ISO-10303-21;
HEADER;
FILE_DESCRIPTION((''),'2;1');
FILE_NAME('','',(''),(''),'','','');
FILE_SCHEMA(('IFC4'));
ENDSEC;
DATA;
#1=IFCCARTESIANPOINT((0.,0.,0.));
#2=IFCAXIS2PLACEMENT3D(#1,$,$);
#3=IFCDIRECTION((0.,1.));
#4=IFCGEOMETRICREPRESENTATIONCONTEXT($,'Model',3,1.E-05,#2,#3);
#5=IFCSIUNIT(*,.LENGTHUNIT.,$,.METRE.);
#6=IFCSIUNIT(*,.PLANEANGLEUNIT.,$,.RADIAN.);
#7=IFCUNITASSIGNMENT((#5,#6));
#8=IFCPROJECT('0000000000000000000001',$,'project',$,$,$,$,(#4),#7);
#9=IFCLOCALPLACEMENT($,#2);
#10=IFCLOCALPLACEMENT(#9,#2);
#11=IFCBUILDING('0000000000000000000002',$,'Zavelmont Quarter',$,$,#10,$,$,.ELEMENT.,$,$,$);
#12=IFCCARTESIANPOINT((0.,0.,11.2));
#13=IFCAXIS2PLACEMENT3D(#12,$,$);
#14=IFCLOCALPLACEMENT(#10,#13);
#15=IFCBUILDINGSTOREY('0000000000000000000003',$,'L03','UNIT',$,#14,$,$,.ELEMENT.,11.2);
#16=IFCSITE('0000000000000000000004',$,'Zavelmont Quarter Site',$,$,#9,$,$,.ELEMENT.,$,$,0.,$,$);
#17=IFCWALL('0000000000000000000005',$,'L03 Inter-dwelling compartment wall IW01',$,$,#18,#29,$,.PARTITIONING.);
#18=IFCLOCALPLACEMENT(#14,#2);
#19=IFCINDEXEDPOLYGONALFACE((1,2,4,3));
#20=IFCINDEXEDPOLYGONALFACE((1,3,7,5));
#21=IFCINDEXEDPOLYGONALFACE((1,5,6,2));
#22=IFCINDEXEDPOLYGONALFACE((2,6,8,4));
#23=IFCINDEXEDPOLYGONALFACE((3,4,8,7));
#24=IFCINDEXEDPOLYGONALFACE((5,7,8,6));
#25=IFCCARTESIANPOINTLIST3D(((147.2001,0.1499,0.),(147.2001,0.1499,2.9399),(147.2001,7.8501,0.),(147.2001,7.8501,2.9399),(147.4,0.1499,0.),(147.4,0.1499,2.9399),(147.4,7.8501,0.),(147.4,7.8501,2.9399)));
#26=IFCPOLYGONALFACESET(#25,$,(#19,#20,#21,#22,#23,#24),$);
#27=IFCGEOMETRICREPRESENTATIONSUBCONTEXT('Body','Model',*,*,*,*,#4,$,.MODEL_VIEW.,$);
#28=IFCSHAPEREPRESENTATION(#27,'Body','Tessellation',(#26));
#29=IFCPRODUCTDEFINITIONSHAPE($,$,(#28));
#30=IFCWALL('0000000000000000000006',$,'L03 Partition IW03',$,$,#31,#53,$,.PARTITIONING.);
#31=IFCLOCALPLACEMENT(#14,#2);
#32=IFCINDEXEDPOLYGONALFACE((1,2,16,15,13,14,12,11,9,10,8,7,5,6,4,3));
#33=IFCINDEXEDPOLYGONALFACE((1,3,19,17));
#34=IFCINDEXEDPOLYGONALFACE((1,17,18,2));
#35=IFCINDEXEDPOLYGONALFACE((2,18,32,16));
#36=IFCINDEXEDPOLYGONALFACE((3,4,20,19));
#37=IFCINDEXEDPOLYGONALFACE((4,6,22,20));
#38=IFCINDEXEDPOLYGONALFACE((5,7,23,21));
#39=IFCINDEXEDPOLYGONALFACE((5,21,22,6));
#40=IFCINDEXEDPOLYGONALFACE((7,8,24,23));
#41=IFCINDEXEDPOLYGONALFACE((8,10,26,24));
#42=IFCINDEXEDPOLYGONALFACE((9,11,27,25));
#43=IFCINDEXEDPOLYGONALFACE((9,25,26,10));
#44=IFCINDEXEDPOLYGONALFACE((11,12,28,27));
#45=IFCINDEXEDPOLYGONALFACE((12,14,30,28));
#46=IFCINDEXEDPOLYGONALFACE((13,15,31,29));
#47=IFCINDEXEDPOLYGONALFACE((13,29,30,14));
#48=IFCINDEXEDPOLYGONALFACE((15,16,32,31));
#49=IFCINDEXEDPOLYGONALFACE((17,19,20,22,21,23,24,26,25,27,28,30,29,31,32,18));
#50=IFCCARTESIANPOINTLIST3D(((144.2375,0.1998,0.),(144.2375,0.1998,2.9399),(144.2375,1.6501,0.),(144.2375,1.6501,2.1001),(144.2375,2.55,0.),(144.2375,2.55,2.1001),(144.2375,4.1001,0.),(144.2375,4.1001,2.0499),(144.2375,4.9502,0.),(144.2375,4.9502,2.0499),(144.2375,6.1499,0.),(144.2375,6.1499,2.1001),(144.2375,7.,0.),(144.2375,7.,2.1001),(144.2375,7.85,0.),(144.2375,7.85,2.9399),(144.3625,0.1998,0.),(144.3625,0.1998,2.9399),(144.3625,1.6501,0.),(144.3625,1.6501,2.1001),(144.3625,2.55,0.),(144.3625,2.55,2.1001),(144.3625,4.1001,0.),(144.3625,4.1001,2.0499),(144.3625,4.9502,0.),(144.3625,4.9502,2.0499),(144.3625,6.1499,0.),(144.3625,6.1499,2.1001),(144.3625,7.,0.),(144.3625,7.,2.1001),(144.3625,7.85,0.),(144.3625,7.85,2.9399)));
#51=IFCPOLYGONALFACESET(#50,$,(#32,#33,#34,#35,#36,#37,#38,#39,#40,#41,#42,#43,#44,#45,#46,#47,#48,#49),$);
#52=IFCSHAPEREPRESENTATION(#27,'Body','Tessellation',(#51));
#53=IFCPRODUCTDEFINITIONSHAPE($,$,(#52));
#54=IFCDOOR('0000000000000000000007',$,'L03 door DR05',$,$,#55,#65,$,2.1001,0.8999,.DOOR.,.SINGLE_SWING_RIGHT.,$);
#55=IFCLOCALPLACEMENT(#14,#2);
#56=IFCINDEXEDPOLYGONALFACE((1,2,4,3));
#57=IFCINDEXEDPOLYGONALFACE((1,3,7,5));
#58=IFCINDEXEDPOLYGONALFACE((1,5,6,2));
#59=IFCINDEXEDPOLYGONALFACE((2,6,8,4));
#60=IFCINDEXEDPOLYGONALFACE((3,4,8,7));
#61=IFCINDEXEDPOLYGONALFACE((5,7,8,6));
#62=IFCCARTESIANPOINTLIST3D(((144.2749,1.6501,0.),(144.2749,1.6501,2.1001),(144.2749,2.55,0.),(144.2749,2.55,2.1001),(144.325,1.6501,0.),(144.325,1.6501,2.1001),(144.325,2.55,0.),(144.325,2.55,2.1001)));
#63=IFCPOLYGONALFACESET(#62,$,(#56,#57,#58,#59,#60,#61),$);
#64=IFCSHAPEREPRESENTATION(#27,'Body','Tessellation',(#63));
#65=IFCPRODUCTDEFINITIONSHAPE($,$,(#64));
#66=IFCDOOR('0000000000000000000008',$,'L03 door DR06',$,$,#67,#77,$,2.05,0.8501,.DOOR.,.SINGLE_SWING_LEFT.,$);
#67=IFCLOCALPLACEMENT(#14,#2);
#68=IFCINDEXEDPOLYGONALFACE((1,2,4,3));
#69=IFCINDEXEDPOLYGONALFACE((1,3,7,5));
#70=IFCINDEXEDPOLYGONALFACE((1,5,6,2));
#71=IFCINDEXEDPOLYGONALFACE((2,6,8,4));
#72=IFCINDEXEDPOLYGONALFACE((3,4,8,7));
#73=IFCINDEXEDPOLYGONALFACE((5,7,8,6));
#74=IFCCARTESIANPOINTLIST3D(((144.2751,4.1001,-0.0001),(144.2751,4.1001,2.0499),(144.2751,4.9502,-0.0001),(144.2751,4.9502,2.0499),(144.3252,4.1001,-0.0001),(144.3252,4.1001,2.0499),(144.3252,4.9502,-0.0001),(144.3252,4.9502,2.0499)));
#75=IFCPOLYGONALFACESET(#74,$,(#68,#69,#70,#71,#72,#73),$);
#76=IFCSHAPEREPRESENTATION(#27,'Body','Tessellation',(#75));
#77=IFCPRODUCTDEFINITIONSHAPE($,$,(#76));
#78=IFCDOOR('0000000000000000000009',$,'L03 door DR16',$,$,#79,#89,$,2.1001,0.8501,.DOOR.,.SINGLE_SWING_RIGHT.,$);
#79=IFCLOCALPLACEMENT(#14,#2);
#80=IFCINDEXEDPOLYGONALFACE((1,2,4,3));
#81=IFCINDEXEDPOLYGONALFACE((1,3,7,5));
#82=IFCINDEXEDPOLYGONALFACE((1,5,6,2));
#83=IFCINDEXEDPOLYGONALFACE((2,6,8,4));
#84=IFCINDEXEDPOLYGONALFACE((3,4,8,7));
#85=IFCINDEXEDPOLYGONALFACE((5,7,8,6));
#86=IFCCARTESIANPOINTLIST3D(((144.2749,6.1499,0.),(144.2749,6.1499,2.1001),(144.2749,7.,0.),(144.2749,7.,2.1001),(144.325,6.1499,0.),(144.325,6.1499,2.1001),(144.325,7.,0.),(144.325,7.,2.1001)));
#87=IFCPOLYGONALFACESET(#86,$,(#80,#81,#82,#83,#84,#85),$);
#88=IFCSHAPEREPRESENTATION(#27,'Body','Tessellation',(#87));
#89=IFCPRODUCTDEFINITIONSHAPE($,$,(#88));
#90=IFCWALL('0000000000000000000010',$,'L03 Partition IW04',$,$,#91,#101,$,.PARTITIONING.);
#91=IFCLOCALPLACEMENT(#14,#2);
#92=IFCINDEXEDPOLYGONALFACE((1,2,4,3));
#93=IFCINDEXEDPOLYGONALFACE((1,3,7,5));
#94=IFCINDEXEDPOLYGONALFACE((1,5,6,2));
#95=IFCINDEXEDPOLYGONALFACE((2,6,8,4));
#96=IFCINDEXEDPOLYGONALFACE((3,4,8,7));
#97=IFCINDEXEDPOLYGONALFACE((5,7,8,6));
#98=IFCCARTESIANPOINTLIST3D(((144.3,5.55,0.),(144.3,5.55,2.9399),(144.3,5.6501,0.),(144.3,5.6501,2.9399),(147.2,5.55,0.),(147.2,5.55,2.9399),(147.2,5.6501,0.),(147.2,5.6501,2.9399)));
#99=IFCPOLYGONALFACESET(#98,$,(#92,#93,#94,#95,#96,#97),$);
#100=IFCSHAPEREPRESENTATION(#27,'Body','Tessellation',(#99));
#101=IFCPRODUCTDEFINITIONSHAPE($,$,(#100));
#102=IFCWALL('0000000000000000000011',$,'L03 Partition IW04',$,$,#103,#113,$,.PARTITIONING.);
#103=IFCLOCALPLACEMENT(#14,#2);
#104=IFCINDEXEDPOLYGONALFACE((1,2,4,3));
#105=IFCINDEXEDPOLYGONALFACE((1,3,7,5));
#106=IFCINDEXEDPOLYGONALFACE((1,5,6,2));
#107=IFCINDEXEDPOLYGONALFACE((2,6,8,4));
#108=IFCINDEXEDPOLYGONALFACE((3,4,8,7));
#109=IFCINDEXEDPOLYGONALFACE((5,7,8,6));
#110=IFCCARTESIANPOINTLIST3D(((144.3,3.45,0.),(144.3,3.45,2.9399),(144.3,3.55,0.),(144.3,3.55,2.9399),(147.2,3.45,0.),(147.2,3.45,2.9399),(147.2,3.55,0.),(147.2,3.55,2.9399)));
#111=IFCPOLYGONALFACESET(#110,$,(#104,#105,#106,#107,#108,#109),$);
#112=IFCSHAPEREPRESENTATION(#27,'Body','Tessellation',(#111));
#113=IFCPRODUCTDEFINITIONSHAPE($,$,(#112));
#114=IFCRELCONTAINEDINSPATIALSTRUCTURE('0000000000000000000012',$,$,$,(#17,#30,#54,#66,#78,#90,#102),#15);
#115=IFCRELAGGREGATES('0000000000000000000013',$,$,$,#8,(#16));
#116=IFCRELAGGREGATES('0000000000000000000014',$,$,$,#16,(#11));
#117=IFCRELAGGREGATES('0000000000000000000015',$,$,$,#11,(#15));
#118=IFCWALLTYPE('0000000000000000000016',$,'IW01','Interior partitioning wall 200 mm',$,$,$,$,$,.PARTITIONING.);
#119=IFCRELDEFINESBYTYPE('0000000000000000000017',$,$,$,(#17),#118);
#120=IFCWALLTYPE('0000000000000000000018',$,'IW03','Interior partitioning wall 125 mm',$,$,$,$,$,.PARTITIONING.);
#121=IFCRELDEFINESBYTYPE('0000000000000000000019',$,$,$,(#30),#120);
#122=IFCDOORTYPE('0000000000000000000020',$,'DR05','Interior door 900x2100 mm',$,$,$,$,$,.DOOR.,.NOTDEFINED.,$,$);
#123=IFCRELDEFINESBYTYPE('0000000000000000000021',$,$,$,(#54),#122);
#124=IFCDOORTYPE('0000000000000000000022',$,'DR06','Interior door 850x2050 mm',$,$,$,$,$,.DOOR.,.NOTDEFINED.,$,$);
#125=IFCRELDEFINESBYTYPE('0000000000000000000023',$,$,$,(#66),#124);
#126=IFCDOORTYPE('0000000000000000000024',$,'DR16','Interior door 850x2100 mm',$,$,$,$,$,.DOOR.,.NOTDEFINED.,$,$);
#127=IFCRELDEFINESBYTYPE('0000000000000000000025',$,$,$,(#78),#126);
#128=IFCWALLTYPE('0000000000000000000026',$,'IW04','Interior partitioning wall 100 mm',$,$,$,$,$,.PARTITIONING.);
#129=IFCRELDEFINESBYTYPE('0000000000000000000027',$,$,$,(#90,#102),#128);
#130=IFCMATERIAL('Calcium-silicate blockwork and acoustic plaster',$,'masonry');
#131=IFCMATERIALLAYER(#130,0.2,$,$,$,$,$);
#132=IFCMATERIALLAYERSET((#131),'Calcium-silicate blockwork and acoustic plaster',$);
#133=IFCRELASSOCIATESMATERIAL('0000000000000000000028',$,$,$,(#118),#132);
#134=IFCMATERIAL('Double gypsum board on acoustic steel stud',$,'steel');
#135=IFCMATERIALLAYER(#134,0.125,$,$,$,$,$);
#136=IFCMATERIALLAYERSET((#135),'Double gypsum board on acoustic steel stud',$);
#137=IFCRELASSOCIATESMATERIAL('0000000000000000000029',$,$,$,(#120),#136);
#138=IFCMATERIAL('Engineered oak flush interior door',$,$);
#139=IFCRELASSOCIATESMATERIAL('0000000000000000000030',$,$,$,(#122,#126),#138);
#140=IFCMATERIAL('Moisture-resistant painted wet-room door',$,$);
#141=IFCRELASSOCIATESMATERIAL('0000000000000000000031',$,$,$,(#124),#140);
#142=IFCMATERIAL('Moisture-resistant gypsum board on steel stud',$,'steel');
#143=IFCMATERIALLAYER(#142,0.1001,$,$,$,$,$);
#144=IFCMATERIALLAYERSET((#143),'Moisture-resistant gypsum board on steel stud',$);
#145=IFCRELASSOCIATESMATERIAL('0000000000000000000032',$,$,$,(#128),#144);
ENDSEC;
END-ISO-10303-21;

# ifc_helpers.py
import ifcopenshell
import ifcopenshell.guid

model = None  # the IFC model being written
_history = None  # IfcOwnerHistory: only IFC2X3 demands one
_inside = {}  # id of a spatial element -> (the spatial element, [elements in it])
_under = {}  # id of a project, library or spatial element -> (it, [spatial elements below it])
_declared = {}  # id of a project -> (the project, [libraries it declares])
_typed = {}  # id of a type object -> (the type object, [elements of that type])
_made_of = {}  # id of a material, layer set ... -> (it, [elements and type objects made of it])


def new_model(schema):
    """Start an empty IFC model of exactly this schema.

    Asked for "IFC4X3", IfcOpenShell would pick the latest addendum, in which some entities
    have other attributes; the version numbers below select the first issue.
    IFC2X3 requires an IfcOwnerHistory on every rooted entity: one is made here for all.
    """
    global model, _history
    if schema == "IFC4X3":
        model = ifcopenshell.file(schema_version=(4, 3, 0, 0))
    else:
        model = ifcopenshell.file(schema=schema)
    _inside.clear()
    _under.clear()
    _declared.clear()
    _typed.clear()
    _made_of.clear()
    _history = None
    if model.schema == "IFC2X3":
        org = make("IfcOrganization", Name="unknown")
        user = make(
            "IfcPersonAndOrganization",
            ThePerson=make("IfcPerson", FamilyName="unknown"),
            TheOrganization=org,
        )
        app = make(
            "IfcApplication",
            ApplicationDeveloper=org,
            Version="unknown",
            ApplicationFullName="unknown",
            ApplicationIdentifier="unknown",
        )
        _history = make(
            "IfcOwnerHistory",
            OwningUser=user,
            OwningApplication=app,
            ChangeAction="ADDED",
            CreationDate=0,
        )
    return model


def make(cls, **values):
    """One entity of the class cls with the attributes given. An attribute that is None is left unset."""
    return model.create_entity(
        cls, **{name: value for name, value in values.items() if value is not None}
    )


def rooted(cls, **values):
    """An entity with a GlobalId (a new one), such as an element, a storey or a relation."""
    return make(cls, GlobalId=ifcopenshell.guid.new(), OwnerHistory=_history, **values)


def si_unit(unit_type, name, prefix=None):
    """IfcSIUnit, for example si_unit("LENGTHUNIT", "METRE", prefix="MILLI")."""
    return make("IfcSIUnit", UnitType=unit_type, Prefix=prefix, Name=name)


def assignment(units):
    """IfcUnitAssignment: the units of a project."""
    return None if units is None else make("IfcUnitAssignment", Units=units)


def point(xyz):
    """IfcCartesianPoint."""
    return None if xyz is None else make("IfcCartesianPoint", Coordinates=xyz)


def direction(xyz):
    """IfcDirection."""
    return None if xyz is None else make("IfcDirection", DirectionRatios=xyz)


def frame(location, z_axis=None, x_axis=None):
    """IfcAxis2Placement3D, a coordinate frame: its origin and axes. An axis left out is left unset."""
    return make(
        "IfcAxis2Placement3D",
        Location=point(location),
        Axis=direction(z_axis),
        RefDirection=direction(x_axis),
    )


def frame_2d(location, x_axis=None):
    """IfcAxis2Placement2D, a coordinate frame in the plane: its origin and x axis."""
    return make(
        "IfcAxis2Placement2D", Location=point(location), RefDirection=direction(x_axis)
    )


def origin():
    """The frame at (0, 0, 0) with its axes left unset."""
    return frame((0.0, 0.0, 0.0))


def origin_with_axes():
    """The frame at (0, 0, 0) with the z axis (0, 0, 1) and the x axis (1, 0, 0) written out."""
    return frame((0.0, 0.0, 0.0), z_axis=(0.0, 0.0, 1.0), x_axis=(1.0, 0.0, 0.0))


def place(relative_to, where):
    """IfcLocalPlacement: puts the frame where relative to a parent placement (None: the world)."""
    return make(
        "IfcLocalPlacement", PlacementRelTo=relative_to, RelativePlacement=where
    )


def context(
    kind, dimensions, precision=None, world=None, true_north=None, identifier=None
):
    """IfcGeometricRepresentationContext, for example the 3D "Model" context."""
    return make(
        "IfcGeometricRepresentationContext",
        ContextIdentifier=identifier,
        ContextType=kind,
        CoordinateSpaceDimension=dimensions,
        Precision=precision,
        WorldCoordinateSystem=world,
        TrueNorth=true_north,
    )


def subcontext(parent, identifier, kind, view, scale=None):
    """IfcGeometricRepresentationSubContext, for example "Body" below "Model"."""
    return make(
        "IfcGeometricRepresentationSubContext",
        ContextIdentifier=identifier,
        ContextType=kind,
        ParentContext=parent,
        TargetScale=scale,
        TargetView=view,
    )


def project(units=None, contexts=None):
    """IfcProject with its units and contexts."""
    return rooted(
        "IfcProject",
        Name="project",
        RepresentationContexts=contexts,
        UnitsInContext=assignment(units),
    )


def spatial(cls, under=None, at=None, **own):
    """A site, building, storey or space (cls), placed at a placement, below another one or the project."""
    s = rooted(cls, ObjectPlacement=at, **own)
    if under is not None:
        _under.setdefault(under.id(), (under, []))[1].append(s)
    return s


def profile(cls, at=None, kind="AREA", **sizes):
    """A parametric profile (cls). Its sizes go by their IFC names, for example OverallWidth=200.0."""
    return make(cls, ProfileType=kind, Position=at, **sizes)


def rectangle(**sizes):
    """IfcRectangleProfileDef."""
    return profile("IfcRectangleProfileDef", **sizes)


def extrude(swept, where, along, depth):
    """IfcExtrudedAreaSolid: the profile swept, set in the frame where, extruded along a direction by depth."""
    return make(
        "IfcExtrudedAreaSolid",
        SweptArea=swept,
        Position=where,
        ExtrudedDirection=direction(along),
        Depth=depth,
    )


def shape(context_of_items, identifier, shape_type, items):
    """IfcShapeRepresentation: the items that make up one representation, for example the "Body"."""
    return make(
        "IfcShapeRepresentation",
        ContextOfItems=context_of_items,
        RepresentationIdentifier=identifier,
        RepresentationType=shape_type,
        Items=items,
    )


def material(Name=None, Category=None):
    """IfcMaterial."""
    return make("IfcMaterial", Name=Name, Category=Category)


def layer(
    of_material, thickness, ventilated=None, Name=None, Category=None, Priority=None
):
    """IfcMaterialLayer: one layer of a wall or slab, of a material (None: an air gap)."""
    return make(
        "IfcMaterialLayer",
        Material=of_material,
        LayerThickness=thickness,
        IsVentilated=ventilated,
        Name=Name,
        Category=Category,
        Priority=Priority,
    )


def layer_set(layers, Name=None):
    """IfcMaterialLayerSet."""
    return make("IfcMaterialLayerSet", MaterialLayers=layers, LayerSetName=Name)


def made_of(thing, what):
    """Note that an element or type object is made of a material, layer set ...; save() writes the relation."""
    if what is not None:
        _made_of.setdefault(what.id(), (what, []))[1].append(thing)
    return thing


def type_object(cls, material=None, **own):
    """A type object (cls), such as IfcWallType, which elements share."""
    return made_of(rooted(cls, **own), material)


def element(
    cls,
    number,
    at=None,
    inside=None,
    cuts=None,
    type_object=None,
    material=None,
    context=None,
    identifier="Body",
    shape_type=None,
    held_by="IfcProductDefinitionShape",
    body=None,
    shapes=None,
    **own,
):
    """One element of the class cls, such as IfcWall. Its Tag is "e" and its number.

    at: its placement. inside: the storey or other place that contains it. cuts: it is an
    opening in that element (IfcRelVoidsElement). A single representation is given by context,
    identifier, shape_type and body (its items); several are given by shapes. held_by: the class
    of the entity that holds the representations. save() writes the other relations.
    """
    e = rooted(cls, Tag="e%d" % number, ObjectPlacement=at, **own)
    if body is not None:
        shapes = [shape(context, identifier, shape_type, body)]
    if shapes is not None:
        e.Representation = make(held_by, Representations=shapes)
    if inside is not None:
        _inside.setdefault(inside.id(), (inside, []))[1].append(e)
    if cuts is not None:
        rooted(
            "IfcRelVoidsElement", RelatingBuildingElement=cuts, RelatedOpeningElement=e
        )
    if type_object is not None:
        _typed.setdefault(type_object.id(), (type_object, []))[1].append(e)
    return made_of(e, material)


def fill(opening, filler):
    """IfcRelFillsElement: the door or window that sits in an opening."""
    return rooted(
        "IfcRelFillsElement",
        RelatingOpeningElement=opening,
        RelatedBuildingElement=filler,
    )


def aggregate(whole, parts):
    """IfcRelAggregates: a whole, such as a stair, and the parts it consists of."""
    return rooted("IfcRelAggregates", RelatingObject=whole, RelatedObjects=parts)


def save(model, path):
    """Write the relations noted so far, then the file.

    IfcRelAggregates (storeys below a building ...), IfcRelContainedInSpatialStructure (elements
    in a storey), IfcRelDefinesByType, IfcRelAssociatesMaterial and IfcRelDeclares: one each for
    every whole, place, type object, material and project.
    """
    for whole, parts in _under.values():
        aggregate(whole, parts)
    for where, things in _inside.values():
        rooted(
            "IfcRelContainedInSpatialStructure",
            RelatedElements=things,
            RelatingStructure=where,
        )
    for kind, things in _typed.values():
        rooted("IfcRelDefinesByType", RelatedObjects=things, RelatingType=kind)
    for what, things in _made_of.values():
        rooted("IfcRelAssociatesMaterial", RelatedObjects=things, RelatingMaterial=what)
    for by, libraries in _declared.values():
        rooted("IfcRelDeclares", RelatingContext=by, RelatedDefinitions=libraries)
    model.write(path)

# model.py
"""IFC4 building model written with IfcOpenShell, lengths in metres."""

from ifc_helpers import new_model, si_unit, direction, frame, frame_2d, origin, origin_with_axes, place, context, subcontext, project, spatial, rectangle, extrude, material, layer, layer_set, type_object, element, fill, save


model = new_model("IFC4")

# Units and contexts
model_context = context("Model", 3, precision=1e-05, world=origin(), true_north=direction((0.0, 1.0)))
body_context = subcontext(model_context, "Body", "Model", "MODEL_VIEW")
ifc_project = project(units=[si_unit("LENGTHUNIT", "METRE"), si_unit("PLANEANGLEUNIT", "RADIAN")], contexts=[model_context])

# Site, building, storey
site_placement = place(None, origin())
site = spatial("IfcSite", under=ifc_project, at=site_placement, Name="Zavelmont Quarter Site", CompositionType="ELEMENT", RefElevation=0.0)
building_placement = place(site_placement, origin())
building = spatial("IfcBuilding", under=site, at=building_placement, Name="Zavelmont Quarter", CompositionType="ELEMENT")
storey_placement = place(building_placement, frame((0.0, 0.0, 11.2)))
storey = spatial("IfcBuildingStorey", under=building, at=storey_placement, Name="L03", Description="UNIT", CompositionType="ELEMENT", Elevation=11.2)

# Wall
ifc_material_1 = material(Name="Calcium-silicate blockwork and acoustic plaster", Category="masonry")
ifc_layer_1 = layer(ifc_material_1, 0.2)
ifc_layer_set_1 = layer_set([ifc_layer_1], Name="Calcium-silicate blockwork and acoustic plaster")
wall_type_1 = type_object("IfcWallType", Name="IW01", Description="Interior partitioning wall 200 mm", PredefinedType="PARTITIONING", material=ifc_layer_set_1)
wall_1_placement = place(storey_placement, frame((147.3, 7.8501, 0.0), z_axis=(0.0, 0.0, 1.0), x_axis=(0.0, -1.0, 0.0)))
element("IfcWall", 1, at=wall_1_placement, inside=storey, type_object=wall_type_1, Name="L03 Inter-dwelling compartment wall IW01", PredefinedType="PARTITIONING", context=body_context, shape_type="SweptSolid", body=[
    extrude(rectangle(XDim=7.7002, YDim=0.2, at=frame_2d((3.8501, 0.0))), origin(), (0.0, 0.0, 1.0), 2.9399),
])

# Wall, openings, doors
ifc_material_2 = material(Name="Double gypsum board on acoustic steel stud", Category="steel")
ifc_layer_2 = layer(ifc_material_2, 0.125)
ifc_layer_set_2 = layer_set([ifc_layer_2], Name="Double gypsum board on acoustic steel stud")
wall_type_2 = type_object("IfcWallType", Name="IW03", Description="Interior partitioning wall 125 mm", PredefinedType="PARTITIONING", material=ifc_layer_set_2)
wall_2_placement = place(storey_placement, frame((144.3, 7.8501, 0.0), z_axis=(0.0, 0.0, 1.0), x_axis=(0.0, -1.0, 0.0)))
wall_2 = element("IfcWall", 2, at=wall_2_placement, inside=storey, type_object=wall_type_2, Name="L03 Partition IW03", PredefinedType="PARTITIONING", context=body_context, shape_type="SweptSolid", body=[
    extrude(rectangle(XDim=7.6501, YDim=0.125, at=frame_2d((3.8252, 0.0))), origin(), (0.0, 0.0, 1.0), 2.9399),
])
opening_1_placement = place(wall_2_placement, frame((0.8501, 0.0, 0.0)))
opening_1 = element("IfcOpeningElement", 3, at=opening_1_placement, cuts=wall_2, PredefinedType="OPENING", context=body_context, shape_type="SweptSolid", body=[
    extrude(rectangle(XDim=0.8501, YDim=2.1001, at=frame_2d((0.425, 1.05))), frame((0.0, 0.0745, 0.0), z_axis=(0.0, -1.0, 0.0), x_axis=(1.0, 0.0, 0.0)), (0.0, 0.0, 1.0), 0.1489),
])
opening_2_placement = place(wall_2_placement, frame((2.8999, 0.0, 0.0)))
opening_2 = element("IfcOpeningElement", 4, at=opening_2_placement, cuts=wall_2, PredefinedType="OPENING", context=body_context, shape_type="SweptSolid", body=[
    extrude(rectangle(XDim=0.8501, YDim=2.05, at=frame_2d((0.425, 1.0249))), frame((0.0, 0.0745, 0.0), z_axis=(0.0, -1.0, 0.0), x_axis=(1.0, 0.0, 0.0)), (0.0, 0.0, 1.0), 0.1489),
])
opening_3_placement = place(wall_2_placement, frame((5.3, 0.0, 0.0)))
opening_3 = element("IfcOpeningElement", 5, at=opening_3_placement, cuts=wall_2, PredefinedType="OPENING", context=body_context, shape_type="SweptSolid", body=[
    extrude(rectangle(XDim=0.8999, YDim=2.1001, at=frame_2d((0.45, 1.05))), frame((0.0, 0.0745, 0.0), z_axis=(0.0, -1.0, 0.0), x_axis=(1.0, 0.0, 0.0)), (0.0, 0.0, 1.0), 0.1489),
])
ifc_material_3 = material(Name="Engineered oak flush interior door")
door_type_1 = type_object("IfcDoorType", Name="DR05", Description="Interior door 900x2100 mm", OperationType="NOTDEFINED", PredefinedType="DOOR", material=ifc_material_3)
door_1_placement = place(opening_3_placement, origin_with_axes())
door_1 = element("IfcDoor", 6, at=door_1_placement, inside=storey, type_object=door_type_1, Name="L03 door DR05", OperationType="SINGLE_SWING_RIGHT", OverallHeight=2.1001, OverallWidth=0.8999, PredefinedType="DOOR", context=body_context, shape_type="SweptSolid", body=[
    extrude(rectangle(XDim=0.8999, YDim=2.1001, at=frame_2d((0.45, 1.05))), frame((0.0, 0.0249, 0.0), z_axis=(0.0, -1.0, 0.0), x_axis=(1.0, 0.0, 0.0)), (0.0, 0.0, 1.0), 0.05),
])
fill(opening_3, door_1)
ifc_material_4 = material(Name="Moisture-resistant painted wet-room door")
door_type_2 = type_object("IfcDoorType", Name="DR06", Description="Interior door 850x2050 mm", OperationType="NOTDEFINED", PredefinedType="DOOR", material=ifc_material_4)
door_2_placement = place(opening_2_placement, frame((0.8501, 0.0, 0.0), z_axis=(0.0, 0.0, 1.0), x_axis=(-1.0, 0.0, 0.0)))
door_2 = element("IfcDoor", 7, at=door_2_placement, inside=storey, type_object=door_type_2, Name="L03 door DR06", OperationType="SINGLE_SWING_LEFT", OverallHeight=2.05, OverallWidth=0.8501, PredefinedType="DOOR", context=body_context, shape_type="SweptSolid", body=[
    extrude(rectangle(XDim=0.8501, YDim=2.05, at=frame_2d((0.425, 1.0249))), frame((0.0, 0.0249, 0.0), z_axis=(0.0, -1.0, 0.0), x_axis=(1.0, 0.0, 0.0)), (0.0, 0.0, 1.0), 0.05),
])
fill(opening_2, door_2)
door_type_3 = type_object("IfcDoorType", Name="DR16", Description="Interior door 850x2100 mm", OperationType="NOTDEFINED", PredefinedType="DOOR", material=ifc_material_3)
door_3_placement = place(opening_1_placement, origin_with_axes())
door_3 = element("IfcDoor", 8, at=door_3_placement, inside=storey, type_object=door_type_3, Name="L03 door DR16", OperationType="SINGLE_SWING_RIGHT", OverallHeight=2.1001, OverallWidth=0.8501, PredefinedType="DOOR", context=body_context, shape_type="SweptSolid", body=[
    extrude(rectangle(XDim=0.8501, YDim=2.1001, at=frame_2d((0.425, 1.05))), frame((0.0, 0.0249, 0.0), z_axis=(0.0, -1.0, 0.0), x_axis=(1.0, 0.0, 0.0)), (0.0, 0.0, 1.0), 0.05),
])
fill(opening_1, door_3)

# Walls
ifc_material_5 = material(Name="Moisture-resistant gypsum board on steel stud", Category="steel")
ifc_layer_3 = layer(ifc_material_5, 0.1001)
ifc_layer_set_3 = layer_set([ifc_layer_3], Name="Moisture-resistant gypsum board on steel stud")
wall_type_3 = type_object("IfcWallType", Name="IW04", Description="Interior partitioning wall 100 mm", PredefinedType="PARTITIONING", material=ifc_layer_set_3)
for number, where, z_axis, x_axis, name in (
    (9, (144.3, 5.6001, 0.0), (0.0, 0.0, 1.0), (1.0, 0.0, 0.0), "L03 Partition IW04"),
    (10, (144.3, 3.5, 0.0), (0.0, 0.0, 1.0), (1.0, 0.0, 0.0), "L03 Partition IW04"),
):
    element("IfcWall", number, at=place(storey_placement, frame(where, z_axis=z_axis, x_axis=x_axis)), inside=storey, type_object=wall_type_3, Name=name, PredefinedType="PARTITIONING", context=body_context, shape_type="SweptSolid", body=[
        extrude(rectangle(XDim=2.8999, YDim=0.1001, at=frame_2d((1.45, 0.0))), origin(), (0.0, 0.0, 1.0), 2.9399),
    ])

save(model, "model.ifc")
